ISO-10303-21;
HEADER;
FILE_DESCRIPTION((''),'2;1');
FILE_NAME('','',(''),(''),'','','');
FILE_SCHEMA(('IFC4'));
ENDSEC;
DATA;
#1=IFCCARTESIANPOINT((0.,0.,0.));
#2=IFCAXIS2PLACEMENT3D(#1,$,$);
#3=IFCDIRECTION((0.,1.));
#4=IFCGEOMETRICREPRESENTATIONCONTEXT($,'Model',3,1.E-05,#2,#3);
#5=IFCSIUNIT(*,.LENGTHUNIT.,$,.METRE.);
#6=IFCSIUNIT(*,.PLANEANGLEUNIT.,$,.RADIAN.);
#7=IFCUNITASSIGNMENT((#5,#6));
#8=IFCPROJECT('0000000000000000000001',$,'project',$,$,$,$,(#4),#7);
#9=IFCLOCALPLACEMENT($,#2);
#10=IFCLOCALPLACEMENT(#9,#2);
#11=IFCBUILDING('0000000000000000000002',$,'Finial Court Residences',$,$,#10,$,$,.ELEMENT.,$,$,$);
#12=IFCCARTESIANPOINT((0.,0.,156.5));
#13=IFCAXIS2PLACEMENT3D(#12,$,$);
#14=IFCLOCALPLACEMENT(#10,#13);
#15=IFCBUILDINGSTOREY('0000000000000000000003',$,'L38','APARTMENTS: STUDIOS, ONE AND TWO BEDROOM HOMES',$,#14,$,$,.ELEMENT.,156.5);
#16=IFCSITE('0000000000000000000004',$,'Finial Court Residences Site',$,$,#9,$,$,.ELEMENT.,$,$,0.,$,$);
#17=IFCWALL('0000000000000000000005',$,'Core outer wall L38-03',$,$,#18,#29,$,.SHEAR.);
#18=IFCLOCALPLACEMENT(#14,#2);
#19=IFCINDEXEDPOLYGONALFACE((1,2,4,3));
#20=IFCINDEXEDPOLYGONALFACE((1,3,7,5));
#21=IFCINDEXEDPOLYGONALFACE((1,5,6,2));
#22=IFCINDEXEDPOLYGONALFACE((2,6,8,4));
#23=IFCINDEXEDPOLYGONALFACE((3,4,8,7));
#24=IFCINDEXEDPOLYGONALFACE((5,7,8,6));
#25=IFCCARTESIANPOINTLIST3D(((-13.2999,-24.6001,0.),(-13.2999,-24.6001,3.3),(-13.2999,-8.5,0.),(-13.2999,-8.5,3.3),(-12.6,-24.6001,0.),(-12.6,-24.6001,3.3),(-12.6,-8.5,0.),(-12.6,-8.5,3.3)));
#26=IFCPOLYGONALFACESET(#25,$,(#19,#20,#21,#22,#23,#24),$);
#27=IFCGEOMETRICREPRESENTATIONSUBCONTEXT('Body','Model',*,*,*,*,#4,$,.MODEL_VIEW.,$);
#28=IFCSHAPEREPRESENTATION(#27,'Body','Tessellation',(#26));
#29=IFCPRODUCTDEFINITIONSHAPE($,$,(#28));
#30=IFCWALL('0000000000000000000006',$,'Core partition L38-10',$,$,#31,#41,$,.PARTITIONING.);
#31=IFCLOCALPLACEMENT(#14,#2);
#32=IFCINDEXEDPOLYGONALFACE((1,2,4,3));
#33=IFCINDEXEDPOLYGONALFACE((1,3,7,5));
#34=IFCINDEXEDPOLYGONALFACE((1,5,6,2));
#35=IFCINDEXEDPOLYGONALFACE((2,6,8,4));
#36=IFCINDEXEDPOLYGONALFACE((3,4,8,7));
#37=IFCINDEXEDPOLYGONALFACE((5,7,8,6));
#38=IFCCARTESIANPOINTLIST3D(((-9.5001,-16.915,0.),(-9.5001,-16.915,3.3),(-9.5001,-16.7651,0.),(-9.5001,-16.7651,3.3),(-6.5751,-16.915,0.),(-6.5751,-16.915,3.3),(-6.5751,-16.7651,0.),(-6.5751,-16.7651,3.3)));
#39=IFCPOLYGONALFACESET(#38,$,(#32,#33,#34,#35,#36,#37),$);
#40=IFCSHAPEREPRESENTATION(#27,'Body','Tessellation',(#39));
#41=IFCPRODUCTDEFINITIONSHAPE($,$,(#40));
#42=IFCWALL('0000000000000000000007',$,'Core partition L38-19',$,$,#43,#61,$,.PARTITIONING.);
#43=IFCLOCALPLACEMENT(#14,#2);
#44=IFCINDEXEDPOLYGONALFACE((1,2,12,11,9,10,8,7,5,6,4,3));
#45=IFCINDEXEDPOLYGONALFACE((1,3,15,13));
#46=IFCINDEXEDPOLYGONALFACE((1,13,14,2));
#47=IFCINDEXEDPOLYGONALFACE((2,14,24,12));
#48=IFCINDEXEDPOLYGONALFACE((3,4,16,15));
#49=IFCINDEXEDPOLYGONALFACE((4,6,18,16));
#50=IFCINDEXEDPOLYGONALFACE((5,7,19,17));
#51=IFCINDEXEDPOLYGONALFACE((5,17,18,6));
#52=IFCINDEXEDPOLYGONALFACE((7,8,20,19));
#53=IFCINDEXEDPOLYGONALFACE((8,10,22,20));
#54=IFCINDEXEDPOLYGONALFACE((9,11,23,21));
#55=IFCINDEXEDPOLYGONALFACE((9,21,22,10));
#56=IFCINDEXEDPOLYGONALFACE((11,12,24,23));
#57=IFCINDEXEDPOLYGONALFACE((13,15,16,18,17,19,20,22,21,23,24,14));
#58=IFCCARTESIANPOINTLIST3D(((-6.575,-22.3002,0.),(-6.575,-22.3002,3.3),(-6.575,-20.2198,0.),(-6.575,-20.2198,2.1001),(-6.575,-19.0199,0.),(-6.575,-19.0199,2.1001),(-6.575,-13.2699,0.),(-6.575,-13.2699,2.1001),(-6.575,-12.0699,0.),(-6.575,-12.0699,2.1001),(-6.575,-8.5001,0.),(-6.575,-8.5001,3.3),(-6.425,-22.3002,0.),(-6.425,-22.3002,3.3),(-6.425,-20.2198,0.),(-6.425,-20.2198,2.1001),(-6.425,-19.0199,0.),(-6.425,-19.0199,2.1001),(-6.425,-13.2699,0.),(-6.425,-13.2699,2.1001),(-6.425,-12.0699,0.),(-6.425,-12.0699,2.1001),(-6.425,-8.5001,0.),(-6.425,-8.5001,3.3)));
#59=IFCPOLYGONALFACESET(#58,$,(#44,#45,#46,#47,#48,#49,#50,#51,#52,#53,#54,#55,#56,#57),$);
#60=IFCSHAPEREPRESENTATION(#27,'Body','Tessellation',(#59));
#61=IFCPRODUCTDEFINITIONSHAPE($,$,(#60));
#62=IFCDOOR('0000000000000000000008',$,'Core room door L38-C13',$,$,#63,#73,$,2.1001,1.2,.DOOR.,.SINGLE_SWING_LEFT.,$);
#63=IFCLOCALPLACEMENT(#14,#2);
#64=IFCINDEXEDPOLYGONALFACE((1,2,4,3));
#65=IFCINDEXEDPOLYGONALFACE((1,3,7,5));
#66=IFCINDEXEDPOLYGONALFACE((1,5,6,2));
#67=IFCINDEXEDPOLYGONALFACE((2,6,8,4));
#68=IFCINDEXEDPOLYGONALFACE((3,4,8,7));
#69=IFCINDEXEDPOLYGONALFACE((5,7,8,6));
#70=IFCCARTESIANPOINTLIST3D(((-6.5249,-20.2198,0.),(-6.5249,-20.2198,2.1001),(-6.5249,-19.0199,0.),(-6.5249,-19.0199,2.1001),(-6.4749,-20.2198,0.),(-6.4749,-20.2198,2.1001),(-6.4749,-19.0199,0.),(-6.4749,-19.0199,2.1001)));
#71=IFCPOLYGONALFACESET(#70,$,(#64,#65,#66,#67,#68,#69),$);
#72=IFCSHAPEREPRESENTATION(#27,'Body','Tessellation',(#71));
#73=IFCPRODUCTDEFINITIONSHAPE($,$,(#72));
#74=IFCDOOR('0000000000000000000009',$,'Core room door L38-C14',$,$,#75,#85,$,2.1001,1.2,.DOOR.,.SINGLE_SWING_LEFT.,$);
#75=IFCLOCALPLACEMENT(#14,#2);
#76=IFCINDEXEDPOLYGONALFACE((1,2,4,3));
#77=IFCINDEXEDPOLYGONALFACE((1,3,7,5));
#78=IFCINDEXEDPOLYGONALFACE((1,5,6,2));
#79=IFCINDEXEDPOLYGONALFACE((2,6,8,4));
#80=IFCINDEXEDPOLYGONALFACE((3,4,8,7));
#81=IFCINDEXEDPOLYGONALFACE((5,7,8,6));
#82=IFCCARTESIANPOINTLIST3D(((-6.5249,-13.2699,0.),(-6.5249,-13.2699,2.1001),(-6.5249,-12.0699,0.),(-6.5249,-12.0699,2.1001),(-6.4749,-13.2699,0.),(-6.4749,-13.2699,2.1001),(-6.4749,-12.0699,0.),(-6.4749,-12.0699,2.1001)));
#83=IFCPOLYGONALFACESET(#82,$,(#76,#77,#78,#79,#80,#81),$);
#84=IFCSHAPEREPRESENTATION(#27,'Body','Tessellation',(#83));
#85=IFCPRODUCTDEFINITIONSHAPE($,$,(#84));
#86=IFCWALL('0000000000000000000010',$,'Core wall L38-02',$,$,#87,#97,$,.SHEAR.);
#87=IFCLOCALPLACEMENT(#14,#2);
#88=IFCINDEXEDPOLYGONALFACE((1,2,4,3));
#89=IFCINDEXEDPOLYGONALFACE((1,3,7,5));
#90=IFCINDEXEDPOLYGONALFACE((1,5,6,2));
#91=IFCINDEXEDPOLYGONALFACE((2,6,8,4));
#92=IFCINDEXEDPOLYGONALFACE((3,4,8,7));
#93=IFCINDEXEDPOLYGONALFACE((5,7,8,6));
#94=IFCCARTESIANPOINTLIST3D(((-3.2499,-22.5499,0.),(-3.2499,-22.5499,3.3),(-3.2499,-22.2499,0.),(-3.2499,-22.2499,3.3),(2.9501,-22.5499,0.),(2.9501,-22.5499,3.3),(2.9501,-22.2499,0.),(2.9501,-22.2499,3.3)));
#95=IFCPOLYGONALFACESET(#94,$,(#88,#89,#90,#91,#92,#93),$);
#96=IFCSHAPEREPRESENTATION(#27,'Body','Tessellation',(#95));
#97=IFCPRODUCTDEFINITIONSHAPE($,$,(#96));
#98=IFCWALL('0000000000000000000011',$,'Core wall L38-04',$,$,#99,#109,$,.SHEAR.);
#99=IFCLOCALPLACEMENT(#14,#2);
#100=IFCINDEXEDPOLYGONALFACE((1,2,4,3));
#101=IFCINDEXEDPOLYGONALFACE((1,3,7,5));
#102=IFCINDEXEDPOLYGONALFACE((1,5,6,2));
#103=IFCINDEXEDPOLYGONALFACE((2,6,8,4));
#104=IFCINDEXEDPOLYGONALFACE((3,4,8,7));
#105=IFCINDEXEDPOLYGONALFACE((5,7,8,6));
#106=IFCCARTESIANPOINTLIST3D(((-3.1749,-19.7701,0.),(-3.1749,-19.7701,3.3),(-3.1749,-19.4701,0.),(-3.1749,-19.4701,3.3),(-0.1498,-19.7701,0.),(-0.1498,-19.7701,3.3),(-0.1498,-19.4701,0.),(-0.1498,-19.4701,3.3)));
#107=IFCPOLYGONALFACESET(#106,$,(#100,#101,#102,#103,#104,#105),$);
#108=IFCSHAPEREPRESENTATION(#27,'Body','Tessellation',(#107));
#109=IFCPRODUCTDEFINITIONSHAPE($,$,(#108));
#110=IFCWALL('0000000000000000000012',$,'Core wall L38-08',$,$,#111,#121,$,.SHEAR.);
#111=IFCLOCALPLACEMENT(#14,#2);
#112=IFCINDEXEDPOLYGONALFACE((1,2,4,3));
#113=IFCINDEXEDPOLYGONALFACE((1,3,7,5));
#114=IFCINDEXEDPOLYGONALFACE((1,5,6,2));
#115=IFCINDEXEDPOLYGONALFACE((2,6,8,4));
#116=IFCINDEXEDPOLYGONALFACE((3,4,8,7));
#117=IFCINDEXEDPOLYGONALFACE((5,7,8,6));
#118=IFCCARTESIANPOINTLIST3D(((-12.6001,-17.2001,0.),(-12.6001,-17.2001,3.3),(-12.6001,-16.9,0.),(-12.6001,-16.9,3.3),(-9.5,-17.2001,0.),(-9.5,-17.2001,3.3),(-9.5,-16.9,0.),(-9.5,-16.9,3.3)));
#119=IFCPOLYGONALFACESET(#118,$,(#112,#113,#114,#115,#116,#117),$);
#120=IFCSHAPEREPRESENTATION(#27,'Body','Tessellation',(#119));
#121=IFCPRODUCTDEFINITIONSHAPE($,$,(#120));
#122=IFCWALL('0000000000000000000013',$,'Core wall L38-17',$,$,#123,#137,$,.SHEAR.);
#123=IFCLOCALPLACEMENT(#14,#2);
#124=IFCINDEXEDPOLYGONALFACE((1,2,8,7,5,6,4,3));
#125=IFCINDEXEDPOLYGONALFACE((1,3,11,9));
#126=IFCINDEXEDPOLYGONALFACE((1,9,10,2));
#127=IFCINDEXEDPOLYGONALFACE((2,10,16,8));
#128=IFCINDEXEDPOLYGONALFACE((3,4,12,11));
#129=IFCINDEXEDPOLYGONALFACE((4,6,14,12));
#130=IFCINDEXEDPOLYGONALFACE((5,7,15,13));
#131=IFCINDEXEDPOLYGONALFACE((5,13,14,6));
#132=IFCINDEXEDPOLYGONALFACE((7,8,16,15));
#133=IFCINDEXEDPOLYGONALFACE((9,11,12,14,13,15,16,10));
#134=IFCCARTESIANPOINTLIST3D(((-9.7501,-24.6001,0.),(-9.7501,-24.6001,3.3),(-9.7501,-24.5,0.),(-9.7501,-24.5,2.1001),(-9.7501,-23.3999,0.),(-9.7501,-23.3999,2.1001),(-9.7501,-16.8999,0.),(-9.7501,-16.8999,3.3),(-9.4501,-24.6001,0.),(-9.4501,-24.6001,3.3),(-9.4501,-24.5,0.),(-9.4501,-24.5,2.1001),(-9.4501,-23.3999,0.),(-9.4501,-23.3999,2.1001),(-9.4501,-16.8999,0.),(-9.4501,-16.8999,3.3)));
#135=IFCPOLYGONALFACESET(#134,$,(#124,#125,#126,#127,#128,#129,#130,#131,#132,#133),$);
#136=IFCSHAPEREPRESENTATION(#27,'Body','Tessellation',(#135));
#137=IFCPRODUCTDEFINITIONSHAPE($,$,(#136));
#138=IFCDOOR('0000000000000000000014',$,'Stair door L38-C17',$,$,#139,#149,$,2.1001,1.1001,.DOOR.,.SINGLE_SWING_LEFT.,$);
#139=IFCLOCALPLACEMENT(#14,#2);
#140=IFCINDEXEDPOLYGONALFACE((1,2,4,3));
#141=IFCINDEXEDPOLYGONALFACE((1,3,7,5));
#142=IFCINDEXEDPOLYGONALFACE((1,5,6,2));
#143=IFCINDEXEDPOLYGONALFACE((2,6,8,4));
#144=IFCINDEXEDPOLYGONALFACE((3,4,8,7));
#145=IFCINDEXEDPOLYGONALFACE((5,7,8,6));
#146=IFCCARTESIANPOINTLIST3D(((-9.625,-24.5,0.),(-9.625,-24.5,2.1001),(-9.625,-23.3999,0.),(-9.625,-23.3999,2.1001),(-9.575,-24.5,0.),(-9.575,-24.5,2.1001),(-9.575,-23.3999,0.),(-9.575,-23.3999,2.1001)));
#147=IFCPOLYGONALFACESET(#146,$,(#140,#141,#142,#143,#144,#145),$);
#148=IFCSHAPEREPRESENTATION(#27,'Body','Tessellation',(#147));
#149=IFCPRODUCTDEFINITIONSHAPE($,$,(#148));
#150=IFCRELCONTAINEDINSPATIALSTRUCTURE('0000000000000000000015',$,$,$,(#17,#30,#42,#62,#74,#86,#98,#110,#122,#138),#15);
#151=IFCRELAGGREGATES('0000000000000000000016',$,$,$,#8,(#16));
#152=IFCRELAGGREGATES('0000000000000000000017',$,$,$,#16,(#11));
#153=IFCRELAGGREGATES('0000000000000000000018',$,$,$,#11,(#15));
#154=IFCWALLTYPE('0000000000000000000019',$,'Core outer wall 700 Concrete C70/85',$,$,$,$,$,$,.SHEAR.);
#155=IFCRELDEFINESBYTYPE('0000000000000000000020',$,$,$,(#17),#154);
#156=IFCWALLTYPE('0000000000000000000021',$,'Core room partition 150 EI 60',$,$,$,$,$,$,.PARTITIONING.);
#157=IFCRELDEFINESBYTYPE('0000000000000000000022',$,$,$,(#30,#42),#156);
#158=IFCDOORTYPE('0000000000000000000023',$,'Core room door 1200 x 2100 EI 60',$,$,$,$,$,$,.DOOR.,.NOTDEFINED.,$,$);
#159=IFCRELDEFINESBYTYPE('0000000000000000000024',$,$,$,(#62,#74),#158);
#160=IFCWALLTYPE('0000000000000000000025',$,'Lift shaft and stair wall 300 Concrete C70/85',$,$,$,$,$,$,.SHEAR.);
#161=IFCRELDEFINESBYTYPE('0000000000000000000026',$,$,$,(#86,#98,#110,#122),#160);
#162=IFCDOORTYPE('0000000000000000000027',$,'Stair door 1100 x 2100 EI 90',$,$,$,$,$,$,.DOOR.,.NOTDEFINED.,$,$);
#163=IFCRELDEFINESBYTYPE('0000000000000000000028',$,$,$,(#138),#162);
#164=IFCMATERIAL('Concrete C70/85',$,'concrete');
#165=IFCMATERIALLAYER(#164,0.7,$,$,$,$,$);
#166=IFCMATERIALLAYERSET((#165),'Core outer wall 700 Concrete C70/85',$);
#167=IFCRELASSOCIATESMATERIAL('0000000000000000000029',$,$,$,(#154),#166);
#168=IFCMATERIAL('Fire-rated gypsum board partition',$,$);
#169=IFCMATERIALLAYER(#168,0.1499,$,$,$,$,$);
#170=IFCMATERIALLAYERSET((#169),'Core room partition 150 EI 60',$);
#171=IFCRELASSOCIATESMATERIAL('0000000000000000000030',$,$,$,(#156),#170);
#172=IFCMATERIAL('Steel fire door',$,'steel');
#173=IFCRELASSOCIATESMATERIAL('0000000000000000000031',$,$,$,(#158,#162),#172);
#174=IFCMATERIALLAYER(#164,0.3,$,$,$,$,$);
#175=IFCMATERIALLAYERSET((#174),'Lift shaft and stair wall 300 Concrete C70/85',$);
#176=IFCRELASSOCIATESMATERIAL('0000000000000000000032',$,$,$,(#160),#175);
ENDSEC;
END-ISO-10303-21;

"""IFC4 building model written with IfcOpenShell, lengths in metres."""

from ifc_helpers import new_model, si_unit, direction, frame, frame_2d, origin, place, context, subcontext, project, spatial, rectangle, extrude, material, layer, layer_set, type_object, element, fill, save


model = new_model("IFC4")

# Units and contexts
model_context = context("Model", 3, precision=1e-05, world=origin(), true_north=direction((0.0, 1.0)))
body_context = subcontext(model_context, "Body", "Model", "MODEL_VIEW")
ifc_project = project(units=[si_unit("LENGTHUNIT", "METRE"), si_unit("PLANEANGLEUNIT", "RADIAN")], contexts=[model_context])

# Site, building, storey
site_placement = place(None, origin())
site = spatial("IfcSite", under=ifc_project, at=site_placement, Name="Finial Court Residences Site", CompositionType="ELEMENT", RefElevation=0.0)
building_placement = place(site_placement, origin())
building = spatial("IfcBuilding", under=site, at=building_placement, Name="Finial Court Residences", CompositionType="ELEMENT")
storey_placement = place(building_placement, frame((0.0, 0.0, 156.5)))
storey = spatial("IfcBuildingStorey", under=building, at=storey_placement, Name="L38", Description="APARTMENTS: STUDIOS, ONE AND TWO BEDROOM HOMES", CompositionType="ELEMENT", Elevation=156.5)

# Walls
ifc_material_1 = material(Name="Concrete C70/85", Category="concrete")
ifc_layer_1 = layer(ifc_material_1, 0.7)
ifc_layer_set_1 = layer_set([ifc_layer_1], Name="Core outer wall 700 Concrete C70/85")
wall_type_1 = type_object("IfcWallType", Name="Core outer wall 700 Concrete C70/85", PredefinedType="SHEAR", material=ifc_layer_set_1)
wall_1_placement = place(storey_placement, frame((-12.95, -24.6001, 0.0), z_axis=(0.0, 0.0, 1.0), x_axis=(0.0, 1.0, 0.0)))
element("IfcWall", 1, at=wall_1_placement, inside=storey, type_object=wall_type_1, Name="Core outer wall L38-03", PredefinedType="SHEAR", context=body_context, shape_type="SweptSolid", body=[
    extrude(rectangle(XDim=16.1001, YDim=0.7, at=frame_2d((8.05, 0.0))), origin(), (0.0, 0.0, 1.0), 3.3),
])
ifc_material_2 = material(Name="Fire-rated gypsum board partition")
ifc_layer_2 = layer(ifc_material_2, 0.1499)
ifc_layer_set_2 = layer_set([ifc_layer_2], Name="Core room partition 150 EI 60")
wall_type_2 = type_object("IfcWallType", Name="Core room partition 150 EI 60", PredefinedType="PARTITIONING", material=ifc_layer_set_2)
wall_2_placement = place(storey_placement, frame((-9.5, -16.8401, 0.0), z_axis=(0.0, 0.0, 1.0), x_axis=(1.0, 0.0, 0.0)))
element("IfcWall", 2, at=wall_2_placement, inside=storey, type_object=wall_type_2, Name="Core partition L38-10", PredefinedType="PARTITIONING", context=body_context, shape_type="SweptSolid", body=[
    extrude(rectangle(XDim=2.925, YDim=0.1499, at=frame_2d((1.4624, 0.0))), origin(), (0.0, 0.0, 1.0), 3.3),
])

# Wall, openings, doors
wall_3_placement = place(storey_placement, frame((-6.5, -22.3, 0.0), z_axis=(0.0, 0.0, 1.0), x_axis=(0.0, 1.0, 0.0)))
wall_3 = element("IfcWall", 3, at=wall_3_placement, inside=storey, type_object=wall_type_2, Name="Core partition L38-19", PredefinedType="PARTITIONING", context=body_context, shape_type="SweptSolid", body=[
    extrude(rectangle(XDim=13.8, YDim=0.1499, at=frame_2d((6.8999, 0.0))), origin(), (0.0, 0.0, 1.0), 3.3),
])
opening_1_placement = place(wall_3_placement, frame((2.0801, 0.0, 0.0)))
opening_1 = element("IfcOpeningElement", 4, at=opening_1_placement, cuts=wall_3, PredefinedType="OPENING", context=body_context, shape_type="SweptSolid", body=[
    extrude(rectangle(XDim=1.2, YDim=2.1001, at=frame_2d((0.6001, 1.05))), frame((0.0, 0.085, 0.0), z_axis=(0.0, -1.0, 0.0), x_axis=(1.0, 0.0, 0.0)), (0.0, 0.0, 1.0), 0.1699),
])
opening_2_placement = place(wall_3_placement, frame((9.03, 0.0, 0.0)))
opening_2 = element("IfcOpeningElement", 5, at=opening_2_placement, cuts=wall_3, PredefinedType="OPENING", context=body_context, shape_type="SweptSolid", body=[
    extrude(rectangle(XDim=1.2, YDim=2.1001, at=frame_2d((0.6001, 1.05))), frame((0.0, 0.085, 0.0), z_axis=(0.0, -1.0, 0.0), x_axis=(1.0, 0.0, 0.0)), (0.0, 0.0, 1.0), 0.1699),
])
ifc_material_3 = material(Name="Steel fire door", Category="steel")
door_type_1 = type_object("IfcDoorType", Name="Core room door 1200 x 2100 EI 60", OperationType="NOTDEFINED", PredefinedType="DOOR", material=ifc_material_3)
door_1_placement = place(opening_1_placement, origin())
door_1 = element("IfcDoor", 6, at=door_1_placement, inside=storey, type_object=door_type_1, Name="Core room door L38-C13", OperationType="SINGLE_SWING_LEFT", OverallHeight=2.1001, OverallWidth=1.2, PredefinedType="DOOR", context=body_context, shape_type="SweptSolid", body=[
    extrude(rectangle(XDim=1.2, YDim=2.1001, at=frame_2d((0.6001, 1.05))), frame((0.0, 0.0249, 0.0), z_axis=(0.0, -1.0, 0.0), x_axis=(1.0, 0.0, 0.0)), (0.0, 0.0, 1.0), 0.05),
])
fill(opening_1, door_1)
door_2_placement = place(opening_2_placement, origin())
door_2 = element("IfcDoor", 7, at=door_2_placement, inside=storey, type_object=door_type_1, Name="Core room door L38-C14", OperationType="SINGLE_SWING_LEFT", OverallHeight=2.1001, OverallWidth=1.2, PredefinedType="DOOR", context=body_context, shape_type="SweptSolid", body=[
    extrude(rectangle(XDim=1.2, YDim=2.1001, at=frame_2d((0.6001, 1.05))), frame((0.0, 0.0249, 0.0), z_axis=(0.0, -1.0, 0.0), x_axis=(1.0, 0.0, 0.0)), (0.0, 0.0, 1.0), 0.05),
])
fill(opening_2, door_2)

# Walls
ifc_layer_3 = layer(ifc_material_1, 0.3)
ifc_layer_set_3 = layer_set([ifc_layer_3], Name="Lift shaft and stair wall 300 Concrete C70/85")
wall_type_3 = type_object("IfcWallType", Name="Lift shaft and stair wall 300 Concrete C70/85", PredefinedType="SHEAR", material=ifc_layer_set_3)
wall_4_placement = place(storey_placement, frame((-3.25, -22.3999, 0.0), z_axis=(0.0, 0.0, 1.0), x_axis=(1.0, 0.0, 0.0)))
element("IfcWall", 8, at=wall_4_placement, inside=storey, type_object=wall_type_3, Name="Core wall L38-02", PredefinedType="SHEAR", context=body_context, shape_type="SweptSolid", body=[
    extrude(rectangle(XDim=6.2, YDim=0.3, at=frame_2d((3.1001, 0.0))), origin(), (0.0, 0.0, 1.0), 3.3),
])
wall_5_placement = place(storey_placement, frame((-3.175, -19.6201, 0.0), z_axis=(0.0, 0.0, 1.0), x_axis=(1.0, 0.0, 0.0)))
element("IfcWall", 9, at=wall_5_placement, inside=storey, type_object=wall_type_3, Name="Core wall L38-04", PredefinedType="SHEAR", context=body_context, shape_type="SweptSolid", body=[
    extrude(rectangle(XDim=3.0251, YDim=0.3, at=frame_2d((1.5127, 0.0))), origin(), (0.0, 0.0, 1.0), 3.3),
])
wall_6_placement = place(storey_placement, frame((-12.6001, -17.05, 0.0), z_axis=(0.0, 0.0, 1.0), x_axis=(1.0, 0.0, 0.0)))
element("IfcWall", 10, at=wall_6_placement, inside=storey, type_object=wall_type_3, Name="Core wall L38-08", PredefinedType="SHEAR", context=body_context, shape_type="SweptSolid", body=[
    extrude(rectangle(XDim=3.1001, YDim=0.3, at=frame_2d((1.55, 0.0))), origin(), (0.0, 0.0, 1.0), 3.3),
])

# Wall, opening, door
wall_7_placement = place(storey_placement, frame((-9.6001, -24.6001, 0.0), z_axis=(0.0, 0.0, 1.0), x_axis=(0.0, 1.0, 0.0)))
wall_7 = element("IfcWall", 11, at=wall_7_placement, inside=storey, type_object=wall_type_3, Name="Core wall L38-17", PredefinedType="SHEAR", context=body_context, shape_type="SweptSolid", body=[
    extrude(rectangle(XDim=7.7002, YDim=0.3, at=frame_2d((3.8501, 0.0))), origin(), (0.0, 0.0, 1.0), 3.3),
])
opening_3_placement = place(wall_7_placement, frame((0.1001, 0.0, 0.0)))
opening_3 = element("IfcOpeningElement", 12, at=opening_3_placement, cuts=wall_7, PredefinedType="OPENING", context=body_context, shape_type="SweptSolid", body=[
    extrude(rectangle(XDim=1.1001, YDim=2.1001, at=frame_2d((0.55, 1.05))), frame((0.0, 0.1599, 0.0), z_axis=(0.0, -1.0, 0.0), x_axis=(1.0, 0.0, 0.0)), (0.0, 0.0, 1.0), 0.3201),
])
door_type_2 = type_object("IfcDoorType", Name="Stair door 1100 x 2100 EI 90", OperationType="NOTDEFINED", PredefinedType="DOOR", material=ifc_material_3)
door_3_placement = place(opening_3_placement, origin())
door_3 = element("IfcDoor", 13, at=door_3_placement, inside=storey, type_object=door_type_2, Name="Stair door L38-C17", OperationType="SINGLE_SWING_LEFT", OverallHeight=2.1001, OverallWidth=1.1001, PredefinedType="DOOR", context=body_context, shape_type="SweptSolid", body=[
    extrude(rectangle(XDim=1.1001, YDim=2.1001, at=frame_2d((0.55, 1.05))), frame((0.0, 0.0249, 0.0), z_axis=(0.0, -1.0, 0.0), x_axis=(1.0, 0.0, 0.0)), (0.0, 0.0, 1.0), 0.05),
])
fill(opening_3, door_3)

save(model, "model.ifc")
